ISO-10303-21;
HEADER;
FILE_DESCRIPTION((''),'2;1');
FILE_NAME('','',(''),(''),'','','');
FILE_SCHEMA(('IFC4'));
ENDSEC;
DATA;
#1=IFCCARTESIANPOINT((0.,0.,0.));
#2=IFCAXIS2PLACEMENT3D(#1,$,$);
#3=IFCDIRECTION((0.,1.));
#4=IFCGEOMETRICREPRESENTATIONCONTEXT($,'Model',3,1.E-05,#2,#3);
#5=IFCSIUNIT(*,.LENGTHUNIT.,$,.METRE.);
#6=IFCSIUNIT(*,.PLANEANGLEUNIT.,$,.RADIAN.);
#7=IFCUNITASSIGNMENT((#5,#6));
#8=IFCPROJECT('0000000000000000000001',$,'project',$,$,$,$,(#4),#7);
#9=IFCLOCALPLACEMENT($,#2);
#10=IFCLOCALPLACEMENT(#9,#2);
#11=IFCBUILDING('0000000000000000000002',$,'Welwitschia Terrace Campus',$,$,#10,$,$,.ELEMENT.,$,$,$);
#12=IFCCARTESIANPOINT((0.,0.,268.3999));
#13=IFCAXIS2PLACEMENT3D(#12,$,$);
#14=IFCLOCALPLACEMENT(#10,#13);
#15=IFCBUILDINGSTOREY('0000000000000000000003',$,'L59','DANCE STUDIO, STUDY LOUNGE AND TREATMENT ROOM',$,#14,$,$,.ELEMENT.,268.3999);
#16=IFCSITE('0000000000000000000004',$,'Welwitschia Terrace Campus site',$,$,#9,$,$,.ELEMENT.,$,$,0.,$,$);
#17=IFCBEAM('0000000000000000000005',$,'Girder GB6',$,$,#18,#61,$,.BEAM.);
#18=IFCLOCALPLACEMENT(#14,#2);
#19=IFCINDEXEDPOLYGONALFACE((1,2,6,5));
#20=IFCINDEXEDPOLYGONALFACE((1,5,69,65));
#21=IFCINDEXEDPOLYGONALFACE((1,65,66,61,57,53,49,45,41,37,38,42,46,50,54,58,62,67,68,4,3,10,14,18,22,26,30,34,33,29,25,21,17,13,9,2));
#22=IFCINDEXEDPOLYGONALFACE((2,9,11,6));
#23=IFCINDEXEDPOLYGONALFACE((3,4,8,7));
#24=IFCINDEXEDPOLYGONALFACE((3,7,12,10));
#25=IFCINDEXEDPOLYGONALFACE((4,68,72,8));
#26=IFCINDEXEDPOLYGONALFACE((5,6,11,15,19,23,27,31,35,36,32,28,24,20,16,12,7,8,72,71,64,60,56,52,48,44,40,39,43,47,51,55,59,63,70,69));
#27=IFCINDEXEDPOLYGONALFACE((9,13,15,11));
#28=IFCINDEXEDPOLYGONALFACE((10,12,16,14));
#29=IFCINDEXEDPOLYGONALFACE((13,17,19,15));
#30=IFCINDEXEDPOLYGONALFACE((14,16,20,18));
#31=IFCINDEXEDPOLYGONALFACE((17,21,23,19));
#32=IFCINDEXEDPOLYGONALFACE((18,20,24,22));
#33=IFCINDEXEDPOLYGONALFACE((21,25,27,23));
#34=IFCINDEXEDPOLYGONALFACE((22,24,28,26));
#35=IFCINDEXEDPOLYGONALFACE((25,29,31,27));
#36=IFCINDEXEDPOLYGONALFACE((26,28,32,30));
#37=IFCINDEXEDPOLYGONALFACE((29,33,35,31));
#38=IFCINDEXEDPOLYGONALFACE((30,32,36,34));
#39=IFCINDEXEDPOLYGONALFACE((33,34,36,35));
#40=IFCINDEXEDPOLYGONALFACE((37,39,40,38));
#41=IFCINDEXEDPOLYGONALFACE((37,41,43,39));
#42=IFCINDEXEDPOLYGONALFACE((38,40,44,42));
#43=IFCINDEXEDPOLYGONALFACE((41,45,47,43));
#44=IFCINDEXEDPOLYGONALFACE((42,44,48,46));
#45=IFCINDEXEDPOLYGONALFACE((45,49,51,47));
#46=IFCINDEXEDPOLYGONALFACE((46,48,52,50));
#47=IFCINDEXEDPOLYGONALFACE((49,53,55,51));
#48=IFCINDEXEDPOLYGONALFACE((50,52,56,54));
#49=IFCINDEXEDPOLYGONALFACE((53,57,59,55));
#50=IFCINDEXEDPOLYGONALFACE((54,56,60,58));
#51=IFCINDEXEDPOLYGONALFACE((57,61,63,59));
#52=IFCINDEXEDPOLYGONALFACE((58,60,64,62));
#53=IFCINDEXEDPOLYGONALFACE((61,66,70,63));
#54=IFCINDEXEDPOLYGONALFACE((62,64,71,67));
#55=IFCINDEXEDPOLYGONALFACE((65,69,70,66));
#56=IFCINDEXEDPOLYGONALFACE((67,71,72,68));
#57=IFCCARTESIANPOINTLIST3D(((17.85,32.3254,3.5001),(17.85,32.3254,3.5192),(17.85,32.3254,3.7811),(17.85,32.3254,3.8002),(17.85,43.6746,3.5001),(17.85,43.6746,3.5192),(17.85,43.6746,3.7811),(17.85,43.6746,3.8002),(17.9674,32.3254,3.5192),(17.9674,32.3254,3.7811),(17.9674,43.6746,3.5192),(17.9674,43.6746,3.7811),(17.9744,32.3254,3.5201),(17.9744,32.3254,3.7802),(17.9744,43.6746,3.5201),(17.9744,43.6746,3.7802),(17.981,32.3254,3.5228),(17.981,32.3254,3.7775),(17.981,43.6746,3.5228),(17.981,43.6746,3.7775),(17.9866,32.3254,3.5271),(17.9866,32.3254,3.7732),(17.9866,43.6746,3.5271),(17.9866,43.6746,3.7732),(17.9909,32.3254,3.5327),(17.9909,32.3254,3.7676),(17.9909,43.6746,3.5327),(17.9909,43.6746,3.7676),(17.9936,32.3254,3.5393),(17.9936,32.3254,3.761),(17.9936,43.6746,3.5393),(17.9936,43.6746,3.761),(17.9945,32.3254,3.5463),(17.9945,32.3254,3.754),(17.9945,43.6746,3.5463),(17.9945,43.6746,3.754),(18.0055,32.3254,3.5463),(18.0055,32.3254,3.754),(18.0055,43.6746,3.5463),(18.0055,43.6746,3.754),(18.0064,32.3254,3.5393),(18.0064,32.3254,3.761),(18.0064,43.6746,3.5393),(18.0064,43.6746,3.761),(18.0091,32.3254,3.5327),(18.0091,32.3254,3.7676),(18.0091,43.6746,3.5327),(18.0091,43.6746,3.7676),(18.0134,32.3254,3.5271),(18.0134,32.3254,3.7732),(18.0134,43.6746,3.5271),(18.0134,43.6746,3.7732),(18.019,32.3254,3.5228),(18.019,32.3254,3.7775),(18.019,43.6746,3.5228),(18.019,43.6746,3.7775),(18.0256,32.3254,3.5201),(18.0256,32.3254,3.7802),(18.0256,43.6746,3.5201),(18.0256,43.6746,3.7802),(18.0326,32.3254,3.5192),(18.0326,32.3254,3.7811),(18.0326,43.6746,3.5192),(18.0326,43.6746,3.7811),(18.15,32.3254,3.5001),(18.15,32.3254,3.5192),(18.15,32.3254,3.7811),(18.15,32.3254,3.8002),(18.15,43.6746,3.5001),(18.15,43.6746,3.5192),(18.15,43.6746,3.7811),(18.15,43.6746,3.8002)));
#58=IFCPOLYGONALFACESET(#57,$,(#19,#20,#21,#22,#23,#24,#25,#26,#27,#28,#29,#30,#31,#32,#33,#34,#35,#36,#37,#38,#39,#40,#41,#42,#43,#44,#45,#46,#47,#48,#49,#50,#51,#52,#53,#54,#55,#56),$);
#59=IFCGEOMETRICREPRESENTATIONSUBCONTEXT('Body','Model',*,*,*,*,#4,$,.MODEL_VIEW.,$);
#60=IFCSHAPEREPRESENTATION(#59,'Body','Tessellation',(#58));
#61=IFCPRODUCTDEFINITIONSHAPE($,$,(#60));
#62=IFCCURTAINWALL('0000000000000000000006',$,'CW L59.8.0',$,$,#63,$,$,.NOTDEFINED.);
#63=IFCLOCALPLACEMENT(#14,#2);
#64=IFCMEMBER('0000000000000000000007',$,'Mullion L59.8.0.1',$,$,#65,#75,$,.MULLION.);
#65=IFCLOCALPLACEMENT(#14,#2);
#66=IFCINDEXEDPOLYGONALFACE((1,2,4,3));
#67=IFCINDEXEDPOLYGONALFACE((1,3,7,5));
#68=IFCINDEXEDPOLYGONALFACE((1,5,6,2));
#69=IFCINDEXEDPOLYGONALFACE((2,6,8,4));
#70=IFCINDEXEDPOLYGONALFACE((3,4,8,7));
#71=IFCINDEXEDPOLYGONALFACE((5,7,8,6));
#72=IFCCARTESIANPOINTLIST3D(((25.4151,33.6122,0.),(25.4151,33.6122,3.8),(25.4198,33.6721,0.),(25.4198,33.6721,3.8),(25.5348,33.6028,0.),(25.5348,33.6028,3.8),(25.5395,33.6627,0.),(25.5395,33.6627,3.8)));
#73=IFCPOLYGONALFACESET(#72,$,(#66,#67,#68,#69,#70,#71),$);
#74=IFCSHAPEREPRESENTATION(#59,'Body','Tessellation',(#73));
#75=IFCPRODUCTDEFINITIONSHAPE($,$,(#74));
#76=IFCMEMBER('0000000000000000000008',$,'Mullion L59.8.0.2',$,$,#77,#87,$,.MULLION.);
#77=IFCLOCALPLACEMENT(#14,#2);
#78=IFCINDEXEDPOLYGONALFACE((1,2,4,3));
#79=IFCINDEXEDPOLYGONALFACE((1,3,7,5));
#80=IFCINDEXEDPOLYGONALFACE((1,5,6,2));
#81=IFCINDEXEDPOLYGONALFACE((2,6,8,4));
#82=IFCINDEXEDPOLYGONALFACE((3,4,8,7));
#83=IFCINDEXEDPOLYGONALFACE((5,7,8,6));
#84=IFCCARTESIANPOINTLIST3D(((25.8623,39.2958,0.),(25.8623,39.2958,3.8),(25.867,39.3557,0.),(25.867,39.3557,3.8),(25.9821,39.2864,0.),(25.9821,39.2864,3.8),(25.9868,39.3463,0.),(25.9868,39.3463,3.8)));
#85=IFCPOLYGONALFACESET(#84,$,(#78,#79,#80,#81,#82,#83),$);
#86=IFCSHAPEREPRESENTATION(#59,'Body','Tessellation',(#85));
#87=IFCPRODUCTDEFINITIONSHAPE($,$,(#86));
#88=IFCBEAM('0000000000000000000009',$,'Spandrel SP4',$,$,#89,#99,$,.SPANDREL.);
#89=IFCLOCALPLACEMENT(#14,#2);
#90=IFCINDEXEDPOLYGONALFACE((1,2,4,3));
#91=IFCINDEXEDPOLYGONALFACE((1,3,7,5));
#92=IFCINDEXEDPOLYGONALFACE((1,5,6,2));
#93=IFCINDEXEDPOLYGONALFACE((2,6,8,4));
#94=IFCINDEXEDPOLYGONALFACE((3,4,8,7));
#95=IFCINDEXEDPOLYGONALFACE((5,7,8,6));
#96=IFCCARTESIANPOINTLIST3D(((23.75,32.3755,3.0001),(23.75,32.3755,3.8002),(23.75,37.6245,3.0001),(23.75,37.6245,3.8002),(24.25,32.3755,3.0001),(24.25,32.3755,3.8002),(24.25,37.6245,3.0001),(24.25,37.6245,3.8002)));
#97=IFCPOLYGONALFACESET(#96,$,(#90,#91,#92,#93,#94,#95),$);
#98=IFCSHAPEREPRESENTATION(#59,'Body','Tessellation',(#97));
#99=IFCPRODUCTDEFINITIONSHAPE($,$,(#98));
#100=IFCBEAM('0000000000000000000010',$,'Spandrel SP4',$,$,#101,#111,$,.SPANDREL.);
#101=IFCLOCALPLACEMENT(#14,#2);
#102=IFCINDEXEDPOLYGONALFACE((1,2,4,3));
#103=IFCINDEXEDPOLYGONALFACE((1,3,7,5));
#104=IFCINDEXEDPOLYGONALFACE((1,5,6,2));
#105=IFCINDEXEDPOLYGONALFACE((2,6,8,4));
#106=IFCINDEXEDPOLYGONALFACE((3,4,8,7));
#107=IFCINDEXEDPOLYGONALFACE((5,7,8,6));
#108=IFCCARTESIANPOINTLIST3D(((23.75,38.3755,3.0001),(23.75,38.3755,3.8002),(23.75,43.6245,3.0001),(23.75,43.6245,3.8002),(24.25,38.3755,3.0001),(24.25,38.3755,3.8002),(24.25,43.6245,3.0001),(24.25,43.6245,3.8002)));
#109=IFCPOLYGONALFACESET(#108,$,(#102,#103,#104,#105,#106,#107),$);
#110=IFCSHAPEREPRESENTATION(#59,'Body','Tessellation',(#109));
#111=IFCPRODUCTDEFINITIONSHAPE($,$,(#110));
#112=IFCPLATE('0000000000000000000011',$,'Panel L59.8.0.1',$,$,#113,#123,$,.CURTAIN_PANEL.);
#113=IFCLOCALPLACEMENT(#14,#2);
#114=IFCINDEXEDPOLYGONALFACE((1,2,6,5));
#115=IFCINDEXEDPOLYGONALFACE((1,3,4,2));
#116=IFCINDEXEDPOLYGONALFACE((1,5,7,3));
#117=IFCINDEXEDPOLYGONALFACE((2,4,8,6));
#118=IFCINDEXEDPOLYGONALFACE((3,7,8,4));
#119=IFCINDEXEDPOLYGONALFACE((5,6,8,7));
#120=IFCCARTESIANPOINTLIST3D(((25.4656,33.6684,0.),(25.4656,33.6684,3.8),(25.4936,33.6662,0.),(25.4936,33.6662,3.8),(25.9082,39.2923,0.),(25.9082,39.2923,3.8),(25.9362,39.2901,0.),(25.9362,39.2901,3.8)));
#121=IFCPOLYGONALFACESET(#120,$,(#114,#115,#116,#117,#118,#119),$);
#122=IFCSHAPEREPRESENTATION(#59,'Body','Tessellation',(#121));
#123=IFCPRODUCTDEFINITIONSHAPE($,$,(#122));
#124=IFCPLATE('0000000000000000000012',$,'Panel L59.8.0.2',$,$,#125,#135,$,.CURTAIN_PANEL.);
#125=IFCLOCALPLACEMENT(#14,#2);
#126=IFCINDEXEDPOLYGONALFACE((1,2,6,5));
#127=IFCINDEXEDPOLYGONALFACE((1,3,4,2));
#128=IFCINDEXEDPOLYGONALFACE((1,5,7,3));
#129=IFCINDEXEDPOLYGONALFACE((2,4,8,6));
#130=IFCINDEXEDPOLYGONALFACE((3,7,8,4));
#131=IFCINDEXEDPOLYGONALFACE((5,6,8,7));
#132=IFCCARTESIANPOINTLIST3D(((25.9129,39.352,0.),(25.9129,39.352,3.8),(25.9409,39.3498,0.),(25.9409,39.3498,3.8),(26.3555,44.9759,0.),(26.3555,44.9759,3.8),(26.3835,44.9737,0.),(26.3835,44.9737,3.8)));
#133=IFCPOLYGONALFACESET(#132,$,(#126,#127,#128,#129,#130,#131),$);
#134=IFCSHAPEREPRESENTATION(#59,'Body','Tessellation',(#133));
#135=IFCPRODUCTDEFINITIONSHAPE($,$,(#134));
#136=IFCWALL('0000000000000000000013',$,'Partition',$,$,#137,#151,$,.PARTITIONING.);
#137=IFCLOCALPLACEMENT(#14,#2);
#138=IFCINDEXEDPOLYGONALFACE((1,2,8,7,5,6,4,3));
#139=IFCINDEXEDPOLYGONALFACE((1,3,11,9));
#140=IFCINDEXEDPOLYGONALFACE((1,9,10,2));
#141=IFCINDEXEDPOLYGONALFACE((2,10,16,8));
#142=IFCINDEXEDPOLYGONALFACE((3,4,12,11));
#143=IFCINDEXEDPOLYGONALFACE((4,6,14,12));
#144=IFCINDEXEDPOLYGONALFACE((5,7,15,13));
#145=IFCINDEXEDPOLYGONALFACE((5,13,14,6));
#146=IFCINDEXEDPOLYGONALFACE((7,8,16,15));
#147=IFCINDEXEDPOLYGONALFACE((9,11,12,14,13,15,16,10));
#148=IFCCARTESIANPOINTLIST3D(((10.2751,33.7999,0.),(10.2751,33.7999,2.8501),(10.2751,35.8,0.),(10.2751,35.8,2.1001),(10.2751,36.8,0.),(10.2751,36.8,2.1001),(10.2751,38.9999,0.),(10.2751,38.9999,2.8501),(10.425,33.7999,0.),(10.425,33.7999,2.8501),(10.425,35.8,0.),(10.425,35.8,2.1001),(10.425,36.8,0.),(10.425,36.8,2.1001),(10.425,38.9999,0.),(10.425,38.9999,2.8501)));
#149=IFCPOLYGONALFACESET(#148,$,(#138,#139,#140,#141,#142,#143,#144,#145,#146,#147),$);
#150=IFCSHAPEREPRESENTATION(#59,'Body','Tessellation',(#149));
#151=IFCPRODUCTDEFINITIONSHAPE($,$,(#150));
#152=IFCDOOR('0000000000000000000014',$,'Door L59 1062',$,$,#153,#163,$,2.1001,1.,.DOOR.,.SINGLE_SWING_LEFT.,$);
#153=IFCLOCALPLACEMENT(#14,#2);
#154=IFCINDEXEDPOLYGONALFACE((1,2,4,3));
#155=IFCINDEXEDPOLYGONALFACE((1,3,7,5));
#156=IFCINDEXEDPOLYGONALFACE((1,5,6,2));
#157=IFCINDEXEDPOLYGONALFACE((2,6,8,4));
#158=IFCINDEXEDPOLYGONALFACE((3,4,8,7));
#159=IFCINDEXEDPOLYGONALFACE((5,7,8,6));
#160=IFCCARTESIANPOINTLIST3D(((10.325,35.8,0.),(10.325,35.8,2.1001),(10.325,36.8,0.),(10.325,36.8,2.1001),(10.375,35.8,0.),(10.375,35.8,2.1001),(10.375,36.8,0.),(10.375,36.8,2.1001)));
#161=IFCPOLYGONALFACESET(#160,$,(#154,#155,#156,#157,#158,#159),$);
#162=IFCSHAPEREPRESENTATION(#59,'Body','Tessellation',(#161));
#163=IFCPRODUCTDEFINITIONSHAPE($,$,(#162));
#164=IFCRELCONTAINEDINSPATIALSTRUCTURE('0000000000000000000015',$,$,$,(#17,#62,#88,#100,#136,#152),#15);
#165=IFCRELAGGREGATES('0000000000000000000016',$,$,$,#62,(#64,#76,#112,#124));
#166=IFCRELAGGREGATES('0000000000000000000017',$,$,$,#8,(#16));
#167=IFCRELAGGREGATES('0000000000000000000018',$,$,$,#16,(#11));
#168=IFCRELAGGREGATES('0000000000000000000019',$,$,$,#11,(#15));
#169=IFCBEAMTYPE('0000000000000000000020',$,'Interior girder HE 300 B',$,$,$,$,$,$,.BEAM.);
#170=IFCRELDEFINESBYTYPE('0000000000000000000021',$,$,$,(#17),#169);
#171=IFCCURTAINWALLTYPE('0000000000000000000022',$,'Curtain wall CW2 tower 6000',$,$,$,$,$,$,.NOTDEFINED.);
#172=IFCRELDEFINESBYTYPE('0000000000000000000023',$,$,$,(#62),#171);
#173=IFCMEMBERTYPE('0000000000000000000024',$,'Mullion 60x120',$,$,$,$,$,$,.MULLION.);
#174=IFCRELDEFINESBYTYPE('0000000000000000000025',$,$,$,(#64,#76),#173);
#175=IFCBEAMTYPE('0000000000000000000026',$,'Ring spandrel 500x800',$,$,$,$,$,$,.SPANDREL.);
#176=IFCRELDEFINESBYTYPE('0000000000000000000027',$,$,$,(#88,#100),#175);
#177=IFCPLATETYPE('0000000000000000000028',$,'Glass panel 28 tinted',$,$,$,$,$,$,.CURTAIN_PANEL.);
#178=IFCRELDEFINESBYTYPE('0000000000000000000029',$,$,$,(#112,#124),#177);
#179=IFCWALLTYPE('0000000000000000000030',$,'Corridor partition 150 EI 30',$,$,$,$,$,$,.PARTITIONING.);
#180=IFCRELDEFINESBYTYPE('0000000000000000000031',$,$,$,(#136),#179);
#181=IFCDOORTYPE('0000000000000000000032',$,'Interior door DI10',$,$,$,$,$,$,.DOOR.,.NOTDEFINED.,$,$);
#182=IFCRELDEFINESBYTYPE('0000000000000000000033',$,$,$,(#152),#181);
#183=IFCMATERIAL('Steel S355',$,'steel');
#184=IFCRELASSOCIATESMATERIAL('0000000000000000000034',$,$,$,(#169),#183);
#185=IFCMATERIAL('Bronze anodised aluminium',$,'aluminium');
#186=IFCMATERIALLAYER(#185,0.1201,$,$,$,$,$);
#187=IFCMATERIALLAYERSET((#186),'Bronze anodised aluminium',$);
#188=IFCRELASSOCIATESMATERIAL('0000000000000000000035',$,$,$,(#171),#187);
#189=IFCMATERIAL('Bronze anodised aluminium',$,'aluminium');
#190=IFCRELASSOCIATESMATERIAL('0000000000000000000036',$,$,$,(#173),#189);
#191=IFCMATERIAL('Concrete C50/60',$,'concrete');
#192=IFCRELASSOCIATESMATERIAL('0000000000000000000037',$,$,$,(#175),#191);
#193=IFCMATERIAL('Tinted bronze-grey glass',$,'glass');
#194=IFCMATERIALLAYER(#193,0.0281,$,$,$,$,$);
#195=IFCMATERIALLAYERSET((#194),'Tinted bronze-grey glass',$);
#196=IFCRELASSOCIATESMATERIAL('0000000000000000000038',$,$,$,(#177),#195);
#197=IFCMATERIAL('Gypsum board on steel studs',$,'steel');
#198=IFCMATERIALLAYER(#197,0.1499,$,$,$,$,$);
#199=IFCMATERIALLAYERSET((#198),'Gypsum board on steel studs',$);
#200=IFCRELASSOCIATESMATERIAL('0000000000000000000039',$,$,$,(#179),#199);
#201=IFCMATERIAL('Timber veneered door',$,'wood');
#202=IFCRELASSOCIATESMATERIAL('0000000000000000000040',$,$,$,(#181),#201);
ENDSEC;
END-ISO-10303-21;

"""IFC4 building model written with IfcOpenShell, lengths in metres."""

from ifc_helpers import new_model, si_unit, direction, frame, frame_2d, origin, origin_2d, place, context, subcontext, project, spatial, rectangle, i_section, extrude, material, layer, layer_set, material_profile, profile_set, type_object, element, fill, aggregate, save


model = new_model("IFC4")

# Units and contexts
model_context = context("Model", 3, precision=1e-05, world=origin(), true_north=direction((0.0, 1.0)))
body_context = subcontext(model_context, "Body", "Model", "MODEL_VIEW")
ifc_project = project(units=[si_unit("LENGTHUNIT", "METRE"), si_unit("PLANEANGLEUNIT", "RADIAN")], contexts=[model_context])

# Site, building, storey
site_placement = place(None, origin())
site = spatial("IfcSite", under=ifc_project, at=site_placement, Name="Welwitschia Terrace Campus site", CompositionType="ELEMENT", RefElevation=0.0)
building_placement = place(site_placement, origin())
building = spatial("IfcBuilding", under=site, at=building_placement, Name="Welwitschia Terrace Campus", CompositionType="ELEMENT")
storey_placement = place(building_placement, frame((0.0, 0.0, 268.3999)))
storey = spatial("IfcBuildingStorey", under=building, at=storey_placement, Name="L59", Description="DANCE STUDIO, STUDY LOUNGE AND TREATMENT ROOM", CompositionType="ELEMENT", Elevation=268.3999)

# Beam
ifc_material_1 = material(Name="Steel S355", Category="steel")
ifc_material_profile_1 = material_profile(ifc_material_1, i_section(OverallWidth=0.3, OverallDepth=0.3, WebThickness=0.011, FlangeThickness=0.019, FilletRadius=0.0271, at=origin_2d()))
ifc_profile_set_1 = profile_set([ifc_material_profile_1], Name="Steel S355")
beam_type_1 = type_object("IfcBeamType", Name="Interior girder HE 300 B", PredefinedType="BEAM", material=ifc_profile_set_1)
beam_1_placement = place(storey_placement, frame((18.0, 32.3254, 3.6501), z_axis=(0.0, 1.0, 0.0), x_axis=(-1.0, 0.0, 0.0)))
element("IfcBeam", 1, at=beam_1_placement, inside=storey, type_object=beam_type_1, Name="Girder GB6", PredefinedType="BEAM", context=body_context, shape_type="SweptSolid", body=[
    extrude(i_section(OverallWidth=0.3, OverallDepth=0.3, WebThickness=0.011, FlangeThickness=0.019, FilletRadius=0.0271, at=origin_2d()), origin(), (0.0, 0.0, 1.0), 11.3491),
])

# Curtain wall, members
ifc_material_2 = material(Name="Bronze anodised aluminium", Category="aluminium")
ifc_layer_1 = layer(ifc_material_2, 0.1201)
ifc_layer_set_1 = layer_set([ifc_layer_1], Name="Bronze anodised aluminium")
curtain_wall_type = type_object("IfcCurtainWallType", Name="Curtain wall CW2 tower 6000", PredefinedType="NOTDEFINED", material=ifc_layer_set_1)
curtain_wall_placement = place(storey_placement, origin())
curtain_wall = element("IfcCurtainWall", 2, at=curtain_wall_placement, inside=storey, type_object=curtain_wall_type, Name="CW L59.8.0", PredefinedType="NOTDEFINED")
ifc_material_3 = material(Name="Bronze anodised aluminium", Category="aluminium")
ifc_material_profile_2 = material_profile(ifc_material_3, rectangle(XDim=0.1201, YDim=0.0601, at=origin_2d()))
ifc_profile_set_2 = profile_set([ifc_material_profile_2], Name="Bronze anodised aluminium")
member_type = type_object("IfcMemberType", Name="Mullion 60x120", PredefinedType="MULLION", material=ifc_profile_set_2)
member_1_placement = place(storey_placement, frame((25.4773, 33.6375, 0.0), z_axis=(0.0, 0.0, 1.0), x_axis=(-0.996917, 0.078459, 0.0)))
member_1 = element("IfcMember", 3, at=member_1_placement, type_object=member_type, Name="Mullion L59.8.0.1", PredefinedType="MULLION", context=body_context, shape_type="SweptSolid", body=[
    extrude(rectangle(XDim=0.1201, YDim=0.0601, at=origin_2d()), origin(), (0.0, 0.0, 1.0), 3.8),
])
member_2_placement = place(storey_placement, frame((25.9246, 39.321, 0.0), z_axis=(0.0, 0.0, 1.0), x_axis=(-0.996917, 0.078459, 0.0)))
member_2 = element("IfcMember", 4, at=member_2_placement, type_object=member_type, Name="Mullion L59.8.0.2", PredefinedType="MULLION", context=body_context, shape_type="SweptSolid", body=[
    extrude(rectangle(XDim=0.1201, YDim=0.0601, at=origin_2d()), origin(), (0.0, 0.0, 1.0), 3.8),
])

# Beams
ifc_material_4 = material(Name="Concrete C50/60", Category="concrete")
ifc_material_profile_3 = material_profile(ifc_material_4, rectangle(XDim=0.5, YDim=0.8, at=origin_2d()))
ifc_profile_set_3 = profile_set([ifc_material_profile_3], Name="Concrete C50/60")
beam_type_2 = type_object("IfcBeamType", Name="Ring spandrel 500x800", PredefinedType="SPANDREL", material=ifc_profile_set_3)
for number, where, z_axis, x_axis, name in (
    (5, (24.0, 32.3755, 3.4001), (0.0, 1.0, 0.0), (-1.0, 0.0, 0.0), "Spandrel SP4"),
    (6, (24.0, 38.3755, 3.4001), (0.0, 1.0, 0.0), (-1.0, 0.0, 0.0), "Spandrel SP4"),
):
    element("IfcBeam", number, at=place(storey_placement, frame(where, z_axis=z_axis, x_axis=x_axis)), inside=storey, type_object=beam_type_2, Name=name, PredefinedType="SPANDREL", context=body_context, shape_type="SweptSolid", body=[
        extrude(rectangle(XDim=0.5, YDim=0.8, at=origin_2d()), origin(), (0.0, 0.0, 1.0), 5.249),
    ])

# Plates
ifc_material_5 = material(Name="Tinted bronze-grey glass", Category="glass")
ifc_layer_2 = layer(ifc_material_5, 0.0281)
ifc_layer_set_2 = layer_set([ifc_layer_2], Name="Tinted bronze-grey glass")
plate_type = type_object("IfcPlateType", Name="Glass panel 28 tinted", PredefinedType="CURTAIN_PANEL", material=ifc_layer_set_2)
plate_1_placement = place(storey_placement, frame((25.7009, 36.4792, 0.0), z_axis=(0.0, 0.0, 1.0), x_axis=(0.078459, 0.996917, 0.0)))
plate_1 = element("IfcPlate", 7, at=plate_1_placement, type_object=plate_type, Name="Panel L59.8.0.1", PredefinedType="CURTAIN_PANEL", context=body_context, shape_type="SweptSolid", body=[
    extrude(rectangle(XDim=5.6414, YDim=0.0281, at=origin_2d()), origin(), (0.0, 0.0, 1.0), 3.8),
])
plate_2_placement = place(storey_placement, frame((26.1482, 42.1628, 0.0), z_axis=(0.0, 0.0, 1.0), x_axis=(0.078459, 0.996917, 0.0)))
plate_2 = element("IfcPlate", 8, at=plate_2_placement, type_object=plate_type, Name="Panel L59.8.0.2", PredefinedType="CURTAIN_PANEL", context=body_context, shape_type="SweptSolid", body=[
    extrude(rectangle(XDim=5.6414, YDim=0.0281, at=origin_2d()), origin(), (0.0, 0.0, 1.0), 3.8),
])
aggregate(curtain_wall, [member_1, member_2, plate_1, plate_2])

# Wall, opening, door
ifc_material_6 = material(Name="Gypsum board on steel studs", Category="steel")
ifc_layer_3 = layer(ifc_material_6, 0.1499)
ifc_layer_set_3 = layer_set([ifc_layer_3], Name="Gypsum board on steel studs")
wall_type = type_object("IfcWallType", Name="Corridor partition 150 EI 30", PredefinedType="PARTITIONING", material=ifc_layer_set_3)
wall_1_placement = place(storey_placement, frame((10.3501, 39.0, 0.0), z_axis=(0.0, 0.0, 1.0), x_axis=(0.0, -1.0, 0.0)))
wall_1 = element("IfcWall", 9, at=wall_1_placement, inside=storey, type_object=wall_type, Name="Partition", PredefinedType="PARTITIONING", context=body_context, shape_type="SweptSolid", body=[
    extrude(rectangle(XDim=5.2, YDim=0.1499, at=frame_2d((2.6001, 0.0))), origin(), (0.0, 0.0, 1.0), 2.8501),
])
opening_1_placement = place(wall_1_placement, frame((2.2, 0.0, 0.0)))
opening_1 = element("IfcOpeningElement", 10, at=opening_1_placement, cuts=wall_1, PredefinedType="OPENING", context=body_context, shape_type="SweptSolid", body=[
    extrude(rectangle(XDim=1.0, YDim=2.1001, at=frame_2d((0.5, 1.05))), frame((0.0, 0.085, 0.0), z_axis=(0.0, -1.0, 0.0), x_axis=(1.0, 0.0, 0.0)), (0.0, 0.0, 1.0), 0.1699),
])
ifc_material_7 = material(Name="Timber veneered door", Category="wood")
door_type_1 = type_object("IfcDoorType", Name="Interior door DI10", OperationType="NOTDEFINED", PredefinedType="DOOR", material=ifc_material_7)
door_1_placement = place(opening_1_placement, origin())
door_1 = element("IfcDoor", 11, at=door_1_placement, inside=storey, type_object=door_type_1, Name="Door L59 1062", OperationType="SINGLE_SWING_LEFT", OverallHeight=2.1001, OverallWidth=1.0, PredefinedType="DOOR", context=body_context, shape_type="SweptSolid", body=[
    extrude(rectangle(XDim=1.0, YDim=2.1001, at=frame_2d((0.5, 1.05))), frame((0.0, 0.0249, 0.0), z_axis=(0.0, -1.0, 0.0), x_axis=(1.0, 0.0, 0.0)), (0.0, 0.0, 1.0), 0.05),
])
fill(opening_1, door_1)

save(model, "model.ifc")
